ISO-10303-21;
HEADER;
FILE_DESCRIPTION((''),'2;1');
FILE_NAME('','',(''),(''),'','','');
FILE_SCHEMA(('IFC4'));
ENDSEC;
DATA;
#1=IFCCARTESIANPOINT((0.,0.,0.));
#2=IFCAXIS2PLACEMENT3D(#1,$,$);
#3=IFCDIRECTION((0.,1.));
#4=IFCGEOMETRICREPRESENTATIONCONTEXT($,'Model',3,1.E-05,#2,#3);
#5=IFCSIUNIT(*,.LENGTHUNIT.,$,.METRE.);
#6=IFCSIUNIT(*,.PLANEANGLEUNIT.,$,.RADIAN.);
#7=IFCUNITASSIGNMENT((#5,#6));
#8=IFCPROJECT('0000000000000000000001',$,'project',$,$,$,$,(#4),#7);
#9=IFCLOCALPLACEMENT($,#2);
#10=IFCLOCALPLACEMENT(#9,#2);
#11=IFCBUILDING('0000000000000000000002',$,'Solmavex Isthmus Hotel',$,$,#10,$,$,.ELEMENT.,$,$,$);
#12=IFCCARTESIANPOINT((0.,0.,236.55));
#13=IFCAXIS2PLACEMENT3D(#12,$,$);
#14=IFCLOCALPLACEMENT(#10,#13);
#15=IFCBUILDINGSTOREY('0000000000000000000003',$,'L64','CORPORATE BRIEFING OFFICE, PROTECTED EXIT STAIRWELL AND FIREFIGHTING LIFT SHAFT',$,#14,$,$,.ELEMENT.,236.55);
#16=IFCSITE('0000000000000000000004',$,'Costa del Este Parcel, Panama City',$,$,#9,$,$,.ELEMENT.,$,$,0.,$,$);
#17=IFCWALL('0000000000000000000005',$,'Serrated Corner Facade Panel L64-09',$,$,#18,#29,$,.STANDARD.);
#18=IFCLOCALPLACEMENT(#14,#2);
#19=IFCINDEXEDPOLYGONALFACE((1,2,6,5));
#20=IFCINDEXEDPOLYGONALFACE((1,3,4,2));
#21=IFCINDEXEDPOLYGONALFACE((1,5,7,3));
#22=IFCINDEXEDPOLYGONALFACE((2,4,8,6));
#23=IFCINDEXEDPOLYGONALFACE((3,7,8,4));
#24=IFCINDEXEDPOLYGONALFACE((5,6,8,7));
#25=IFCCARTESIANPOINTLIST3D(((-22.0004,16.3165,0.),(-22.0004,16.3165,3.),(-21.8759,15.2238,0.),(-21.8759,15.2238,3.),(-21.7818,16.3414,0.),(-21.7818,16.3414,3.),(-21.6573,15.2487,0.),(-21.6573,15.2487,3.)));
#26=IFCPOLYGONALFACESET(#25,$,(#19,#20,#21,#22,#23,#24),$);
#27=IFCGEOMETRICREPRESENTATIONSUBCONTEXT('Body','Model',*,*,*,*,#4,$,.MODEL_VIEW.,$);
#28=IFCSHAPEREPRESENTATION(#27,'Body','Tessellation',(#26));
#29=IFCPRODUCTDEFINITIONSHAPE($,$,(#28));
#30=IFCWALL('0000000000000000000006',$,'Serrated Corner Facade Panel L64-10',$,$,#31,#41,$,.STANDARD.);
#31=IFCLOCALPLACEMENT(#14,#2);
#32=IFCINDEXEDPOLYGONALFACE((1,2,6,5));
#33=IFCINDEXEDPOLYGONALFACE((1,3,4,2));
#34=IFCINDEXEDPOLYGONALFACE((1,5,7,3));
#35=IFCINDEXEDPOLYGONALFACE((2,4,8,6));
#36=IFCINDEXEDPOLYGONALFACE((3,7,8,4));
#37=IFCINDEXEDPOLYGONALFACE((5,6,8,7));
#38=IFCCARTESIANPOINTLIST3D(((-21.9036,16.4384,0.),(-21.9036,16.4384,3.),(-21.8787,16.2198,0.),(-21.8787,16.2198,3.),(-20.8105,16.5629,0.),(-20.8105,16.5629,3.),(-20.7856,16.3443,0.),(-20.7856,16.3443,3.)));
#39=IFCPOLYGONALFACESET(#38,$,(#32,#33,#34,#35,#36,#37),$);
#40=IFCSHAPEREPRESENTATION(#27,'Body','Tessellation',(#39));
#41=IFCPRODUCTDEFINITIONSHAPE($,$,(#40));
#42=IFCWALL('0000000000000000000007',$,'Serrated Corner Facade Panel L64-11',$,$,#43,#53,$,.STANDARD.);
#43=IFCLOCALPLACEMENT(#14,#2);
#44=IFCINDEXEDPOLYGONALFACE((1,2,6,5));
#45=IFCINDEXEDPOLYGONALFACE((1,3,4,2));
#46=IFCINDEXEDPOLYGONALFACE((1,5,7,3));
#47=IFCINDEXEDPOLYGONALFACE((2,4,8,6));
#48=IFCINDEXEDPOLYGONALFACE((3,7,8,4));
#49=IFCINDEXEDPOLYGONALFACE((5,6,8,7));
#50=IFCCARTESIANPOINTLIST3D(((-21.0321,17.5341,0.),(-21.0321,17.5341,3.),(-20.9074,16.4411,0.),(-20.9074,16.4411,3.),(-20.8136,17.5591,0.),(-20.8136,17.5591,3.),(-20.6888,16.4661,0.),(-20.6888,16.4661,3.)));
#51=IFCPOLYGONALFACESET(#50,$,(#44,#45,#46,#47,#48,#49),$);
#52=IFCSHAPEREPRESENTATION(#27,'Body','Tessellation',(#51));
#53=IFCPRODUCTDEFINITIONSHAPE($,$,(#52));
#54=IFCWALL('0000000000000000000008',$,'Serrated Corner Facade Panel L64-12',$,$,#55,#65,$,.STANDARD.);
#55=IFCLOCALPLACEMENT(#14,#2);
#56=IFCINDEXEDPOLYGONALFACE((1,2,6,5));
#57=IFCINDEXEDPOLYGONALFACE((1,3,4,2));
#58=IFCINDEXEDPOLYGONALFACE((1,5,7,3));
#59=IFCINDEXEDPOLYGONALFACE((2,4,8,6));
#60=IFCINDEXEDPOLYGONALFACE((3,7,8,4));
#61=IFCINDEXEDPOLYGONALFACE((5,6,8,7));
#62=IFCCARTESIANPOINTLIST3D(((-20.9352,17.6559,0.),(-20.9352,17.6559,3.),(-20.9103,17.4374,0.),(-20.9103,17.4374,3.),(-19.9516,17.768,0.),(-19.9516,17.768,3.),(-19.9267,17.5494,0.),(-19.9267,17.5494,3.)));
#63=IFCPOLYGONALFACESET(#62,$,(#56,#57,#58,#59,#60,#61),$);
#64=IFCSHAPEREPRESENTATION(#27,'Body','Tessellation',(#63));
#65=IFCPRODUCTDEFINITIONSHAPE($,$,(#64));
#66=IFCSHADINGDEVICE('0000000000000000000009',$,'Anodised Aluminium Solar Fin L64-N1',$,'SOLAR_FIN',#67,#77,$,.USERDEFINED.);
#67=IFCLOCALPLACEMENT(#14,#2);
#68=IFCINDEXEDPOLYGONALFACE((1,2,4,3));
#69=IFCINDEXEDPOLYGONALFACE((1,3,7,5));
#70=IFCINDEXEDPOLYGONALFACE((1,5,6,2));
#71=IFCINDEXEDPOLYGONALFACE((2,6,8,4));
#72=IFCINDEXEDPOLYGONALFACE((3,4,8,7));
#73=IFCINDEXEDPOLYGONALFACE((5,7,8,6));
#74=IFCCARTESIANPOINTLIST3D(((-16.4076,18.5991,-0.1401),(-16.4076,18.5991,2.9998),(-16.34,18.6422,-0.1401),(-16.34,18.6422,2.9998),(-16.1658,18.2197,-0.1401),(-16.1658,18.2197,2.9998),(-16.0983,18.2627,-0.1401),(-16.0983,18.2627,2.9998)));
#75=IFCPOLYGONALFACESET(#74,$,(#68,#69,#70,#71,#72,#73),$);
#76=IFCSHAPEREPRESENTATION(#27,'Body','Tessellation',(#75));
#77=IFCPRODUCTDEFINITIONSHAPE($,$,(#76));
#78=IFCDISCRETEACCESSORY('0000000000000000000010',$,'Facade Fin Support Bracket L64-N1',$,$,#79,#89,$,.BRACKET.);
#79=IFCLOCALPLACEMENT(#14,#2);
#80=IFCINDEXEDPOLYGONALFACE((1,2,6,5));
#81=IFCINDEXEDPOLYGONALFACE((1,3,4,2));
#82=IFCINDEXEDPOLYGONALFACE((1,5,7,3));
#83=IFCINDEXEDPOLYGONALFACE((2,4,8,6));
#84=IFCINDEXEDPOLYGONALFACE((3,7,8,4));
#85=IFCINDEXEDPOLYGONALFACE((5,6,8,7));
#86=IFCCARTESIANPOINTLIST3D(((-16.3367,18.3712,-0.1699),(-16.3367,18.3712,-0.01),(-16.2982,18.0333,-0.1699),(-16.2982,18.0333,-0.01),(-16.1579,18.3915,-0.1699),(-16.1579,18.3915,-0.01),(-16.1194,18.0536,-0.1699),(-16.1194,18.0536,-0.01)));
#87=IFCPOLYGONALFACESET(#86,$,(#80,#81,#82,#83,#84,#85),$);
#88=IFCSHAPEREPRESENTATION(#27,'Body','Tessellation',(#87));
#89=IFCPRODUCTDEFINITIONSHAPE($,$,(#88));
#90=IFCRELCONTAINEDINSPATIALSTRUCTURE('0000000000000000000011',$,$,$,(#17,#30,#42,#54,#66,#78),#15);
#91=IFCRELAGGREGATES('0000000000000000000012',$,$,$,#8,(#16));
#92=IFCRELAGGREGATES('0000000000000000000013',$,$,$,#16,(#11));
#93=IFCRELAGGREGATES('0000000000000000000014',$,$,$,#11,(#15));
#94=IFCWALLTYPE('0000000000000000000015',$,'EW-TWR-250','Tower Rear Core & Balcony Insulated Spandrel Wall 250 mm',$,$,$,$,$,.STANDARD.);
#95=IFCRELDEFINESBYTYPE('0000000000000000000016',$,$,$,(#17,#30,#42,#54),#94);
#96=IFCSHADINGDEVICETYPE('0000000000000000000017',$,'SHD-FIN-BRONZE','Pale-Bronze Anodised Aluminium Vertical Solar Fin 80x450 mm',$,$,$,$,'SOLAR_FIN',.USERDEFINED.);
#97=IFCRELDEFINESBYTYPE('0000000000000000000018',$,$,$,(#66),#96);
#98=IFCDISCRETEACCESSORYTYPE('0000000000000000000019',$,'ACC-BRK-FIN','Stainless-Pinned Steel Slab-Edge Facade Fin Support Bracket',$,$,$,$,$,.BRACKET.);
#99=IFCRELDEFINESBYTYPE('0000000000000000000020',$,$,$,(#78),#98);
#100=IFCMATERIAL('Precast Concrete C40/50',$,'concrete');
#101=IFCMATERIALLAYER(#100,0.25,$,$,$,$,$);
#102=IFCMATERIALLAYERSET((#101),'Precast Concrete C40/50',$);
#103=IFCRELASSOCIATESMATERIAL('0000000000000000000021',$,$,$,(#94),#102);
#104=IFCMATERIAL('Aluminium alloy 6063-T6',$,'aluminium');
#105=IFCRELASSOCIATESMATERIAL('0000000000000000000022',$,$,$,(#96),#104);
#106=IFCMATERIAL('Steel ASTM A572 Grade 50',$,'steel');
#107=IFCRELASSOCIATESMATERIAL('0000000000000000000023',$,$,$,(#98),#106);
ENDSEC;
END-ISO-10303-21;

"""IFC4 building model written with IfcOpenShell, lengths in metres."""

from ifc_helpers import new_model, si_unit, direction, frame, frame_2d, origin, origin_2d, place, context, subcontext, project, spatial, rectangle, extrude, material, layer, layer_set, type_object, element, save


model = new_model("IFC4")

# Units and contexts
model_context = context("Model", 3, precision=1e-05, world=origin(), true_north=direction((0.0, 1.0)))
body_context = subcontext(model_context, "Body", "Model", "MODEL_VIEW")
ifc_project = project(units=[si_unit("LENGTHUNIT", "METRE"), si_unit("PLANEANGLEUNIT", "RADIAN")], contexts=[model_context])

# Site, building, storey
site_placement = place(None, origin())
site = spatial("IfcSite", under=ifc_project, at=site_placement, Name="Costa del Este Parcel, Panama City", CompositionType="ELEMENT", RefElevation=0.0)
building_placement = place(site_placement, origin())
building = spatial("IfcBuilding", under=site, at=building_placement, Name="Solmavex Isthmus Hotel", CompositionType="ELEMENT")
storey_placement = place(building_placement, frame((0.0, 0.0, 236.55)))
storey = spatial("IfcBuildingStorey", under=building, at=storey_placement, Name="L64", Description="CORPORATE BRIEFING OFFICE, PROTECTED EXIT STAIRWELL AND FIREFIGHTING LIFT SHAFT", CompositionType="ELEMENT", Elevation=236.55)

# Shared definitions
ifc_material_1 = material(Name="Aluminium alloy 6063-T6", Category="aluminium")

# Walls
ifc_material_2 = material(Name="Precast Concrete C40/50", Category="concrete")
ifc_layer_1 = layer(ifc_material_2, 0.25)
ifc_layer_set_1 = layer_set([ifc_layer_1], Name="Precast Concrete C40/50")
wall_type = type_object("IfcWallType", Name="EW-TWR-250", Description="Tower Rear Core & Balcony Insulated Spandrel Wall 250 mm", PredefinedType="STANDARD", material=ifc_layer_set_1)
wall_1_placement = place(storey_placement, frame((-21.7666, 15.2363, 0.0), z_axis=(0.0, 0.0, 1.0), x_axis=(-0.113209, 0.993571, 0.0)))
element("IfcWall", 1, at=wall_1_placement, inside=storey, type_object=wall_type, Name="Serrated Corner Facade Panel L64-09", PredefinedType="STANDARD", context=body_context, shape_type="SweptSolid", body=[
    extrude(rectangle(XDim=1.0999, YDim=0.22, at=frame_2d((0.5498, 0.0))), origin(), (0.0, 0.0, 1.0), 3.0),
])
for number, where, z_axis, x_axis, name in (
    (2, (-21.8911, 16.3291, 0.0), (0.0, 0.0, 1.0), (0.993574, 0.113184, 0.0), "Serrated Corner Facade Panel L64-10"),
    (3, (-20.7981, 16.4536, 0.0), (0.0, 0.0, 1.0), (-0.113403, 0.993549, 0.0), "Serrated Corner Facade Panel L64-11"),
):
    element("IfcWall", number, at=place(storey_placement, frame(where, z_axis=z_axis, x_axis=x_axis)), inside=storey, type_object=wall_type, Name=name, PredefinedType="STANDARD", context=body_context, shape_type="SweptSolid", body=[
        extrude(rectangle(XDim=1.1001, YDim=0.22, at=frame_2d((0.55, 0.0))), origin(), (0.0, 0.0, 1.0), 3.0),
    ])
wall_2_placement = place(storey_placement, frame((-20.9229, 17.5466, 0.0), z_axis=(0.0, 0.0, 1.0), x_axis=(0.993573, 0.113192, 0.0)))
element("IfcWall", 4, at=wall_2_placement, inside=storey, type_object=wall_type, Name="Serrated Corner Facade Panel L64-12", PredefinedType="STANDARD", context=body_context, shape_type="SweptSolid", body=[
    extrude(rectangle(XDim=0.99, YDim=0.22, at=frame_2d((0.4951, 0.0))), origin(), (0.0, 0.0, 1.0), 3.0),
])

# Shading device
shading_device_type = type_object("IfcShadingDeviceType", Name="SHD-FIN-BRONZE", Description="Pale-Bronze Anodised Aluminium Vertical Solar Fin 80x450 mm", ElementType="SOLAR_FIN", PredefinedType="USERDEFINED", material=ifc_material_1)
shading_device_placement = place(storey_placement, frame((-16.2529, 18.4309, -0.1401), z_axis=(0.0, 0.0, 1.0), x_axis=(-0.5373, 0.843391, 0.0)))
element("IfcShadingDevice", 5, at=shading_device_placement, inside=storey, type_object=shading_device_type, Name="Anodised Aluminium Solar Fin L64-N1", ObjectType="SOLAR_FIN", PredefinedType="USERDEFINED", context=body_context, shape_type="SweptSolid", body=[
    extrude(rectangle(XDim=0.45, YDim=0.0801, at=origin_2d()), origin(), (0.0, 0.0, 1.0), 3.1399),
])

# Discrete accessory
ifc_material_3 = material(Name="Steel ASTM A572 Grade 50", Category="steel")
discrete_accessory_type = type_object("IfcDiscreteAccessoryType", Name="ACC-BRK-FIN", Description="Stainless-Pinned Steel Slab-Edge Facade Fin Support Bracket", PredefinedType="BRACKET", material=ifc_material_3)
discrete_accessory_placement = place(storey_placement, frame((-16.228, 18.2124, -0.1699), z_axis=(0.0, 0.0, 1.0), x_axis=(-0.113203, 0.993572, 0.0)))
element("IfcDiscreteAccessory", 6, at=discrete_accessory_placement, inside=storey, type_object=discrete_accessory_type, Name="Facade Fin Support Bracket L64-N1", PredefinedType="BRACKET", context=body_context, shape_type="SweptSolid", body=[
    extrude(rectangle(XDim=0.3401, YDim=0.1799, at=origin_2d()), origin(), (0.0, 0.0, 1.0), 0.1599),
])

save(model, "model.ifc")
